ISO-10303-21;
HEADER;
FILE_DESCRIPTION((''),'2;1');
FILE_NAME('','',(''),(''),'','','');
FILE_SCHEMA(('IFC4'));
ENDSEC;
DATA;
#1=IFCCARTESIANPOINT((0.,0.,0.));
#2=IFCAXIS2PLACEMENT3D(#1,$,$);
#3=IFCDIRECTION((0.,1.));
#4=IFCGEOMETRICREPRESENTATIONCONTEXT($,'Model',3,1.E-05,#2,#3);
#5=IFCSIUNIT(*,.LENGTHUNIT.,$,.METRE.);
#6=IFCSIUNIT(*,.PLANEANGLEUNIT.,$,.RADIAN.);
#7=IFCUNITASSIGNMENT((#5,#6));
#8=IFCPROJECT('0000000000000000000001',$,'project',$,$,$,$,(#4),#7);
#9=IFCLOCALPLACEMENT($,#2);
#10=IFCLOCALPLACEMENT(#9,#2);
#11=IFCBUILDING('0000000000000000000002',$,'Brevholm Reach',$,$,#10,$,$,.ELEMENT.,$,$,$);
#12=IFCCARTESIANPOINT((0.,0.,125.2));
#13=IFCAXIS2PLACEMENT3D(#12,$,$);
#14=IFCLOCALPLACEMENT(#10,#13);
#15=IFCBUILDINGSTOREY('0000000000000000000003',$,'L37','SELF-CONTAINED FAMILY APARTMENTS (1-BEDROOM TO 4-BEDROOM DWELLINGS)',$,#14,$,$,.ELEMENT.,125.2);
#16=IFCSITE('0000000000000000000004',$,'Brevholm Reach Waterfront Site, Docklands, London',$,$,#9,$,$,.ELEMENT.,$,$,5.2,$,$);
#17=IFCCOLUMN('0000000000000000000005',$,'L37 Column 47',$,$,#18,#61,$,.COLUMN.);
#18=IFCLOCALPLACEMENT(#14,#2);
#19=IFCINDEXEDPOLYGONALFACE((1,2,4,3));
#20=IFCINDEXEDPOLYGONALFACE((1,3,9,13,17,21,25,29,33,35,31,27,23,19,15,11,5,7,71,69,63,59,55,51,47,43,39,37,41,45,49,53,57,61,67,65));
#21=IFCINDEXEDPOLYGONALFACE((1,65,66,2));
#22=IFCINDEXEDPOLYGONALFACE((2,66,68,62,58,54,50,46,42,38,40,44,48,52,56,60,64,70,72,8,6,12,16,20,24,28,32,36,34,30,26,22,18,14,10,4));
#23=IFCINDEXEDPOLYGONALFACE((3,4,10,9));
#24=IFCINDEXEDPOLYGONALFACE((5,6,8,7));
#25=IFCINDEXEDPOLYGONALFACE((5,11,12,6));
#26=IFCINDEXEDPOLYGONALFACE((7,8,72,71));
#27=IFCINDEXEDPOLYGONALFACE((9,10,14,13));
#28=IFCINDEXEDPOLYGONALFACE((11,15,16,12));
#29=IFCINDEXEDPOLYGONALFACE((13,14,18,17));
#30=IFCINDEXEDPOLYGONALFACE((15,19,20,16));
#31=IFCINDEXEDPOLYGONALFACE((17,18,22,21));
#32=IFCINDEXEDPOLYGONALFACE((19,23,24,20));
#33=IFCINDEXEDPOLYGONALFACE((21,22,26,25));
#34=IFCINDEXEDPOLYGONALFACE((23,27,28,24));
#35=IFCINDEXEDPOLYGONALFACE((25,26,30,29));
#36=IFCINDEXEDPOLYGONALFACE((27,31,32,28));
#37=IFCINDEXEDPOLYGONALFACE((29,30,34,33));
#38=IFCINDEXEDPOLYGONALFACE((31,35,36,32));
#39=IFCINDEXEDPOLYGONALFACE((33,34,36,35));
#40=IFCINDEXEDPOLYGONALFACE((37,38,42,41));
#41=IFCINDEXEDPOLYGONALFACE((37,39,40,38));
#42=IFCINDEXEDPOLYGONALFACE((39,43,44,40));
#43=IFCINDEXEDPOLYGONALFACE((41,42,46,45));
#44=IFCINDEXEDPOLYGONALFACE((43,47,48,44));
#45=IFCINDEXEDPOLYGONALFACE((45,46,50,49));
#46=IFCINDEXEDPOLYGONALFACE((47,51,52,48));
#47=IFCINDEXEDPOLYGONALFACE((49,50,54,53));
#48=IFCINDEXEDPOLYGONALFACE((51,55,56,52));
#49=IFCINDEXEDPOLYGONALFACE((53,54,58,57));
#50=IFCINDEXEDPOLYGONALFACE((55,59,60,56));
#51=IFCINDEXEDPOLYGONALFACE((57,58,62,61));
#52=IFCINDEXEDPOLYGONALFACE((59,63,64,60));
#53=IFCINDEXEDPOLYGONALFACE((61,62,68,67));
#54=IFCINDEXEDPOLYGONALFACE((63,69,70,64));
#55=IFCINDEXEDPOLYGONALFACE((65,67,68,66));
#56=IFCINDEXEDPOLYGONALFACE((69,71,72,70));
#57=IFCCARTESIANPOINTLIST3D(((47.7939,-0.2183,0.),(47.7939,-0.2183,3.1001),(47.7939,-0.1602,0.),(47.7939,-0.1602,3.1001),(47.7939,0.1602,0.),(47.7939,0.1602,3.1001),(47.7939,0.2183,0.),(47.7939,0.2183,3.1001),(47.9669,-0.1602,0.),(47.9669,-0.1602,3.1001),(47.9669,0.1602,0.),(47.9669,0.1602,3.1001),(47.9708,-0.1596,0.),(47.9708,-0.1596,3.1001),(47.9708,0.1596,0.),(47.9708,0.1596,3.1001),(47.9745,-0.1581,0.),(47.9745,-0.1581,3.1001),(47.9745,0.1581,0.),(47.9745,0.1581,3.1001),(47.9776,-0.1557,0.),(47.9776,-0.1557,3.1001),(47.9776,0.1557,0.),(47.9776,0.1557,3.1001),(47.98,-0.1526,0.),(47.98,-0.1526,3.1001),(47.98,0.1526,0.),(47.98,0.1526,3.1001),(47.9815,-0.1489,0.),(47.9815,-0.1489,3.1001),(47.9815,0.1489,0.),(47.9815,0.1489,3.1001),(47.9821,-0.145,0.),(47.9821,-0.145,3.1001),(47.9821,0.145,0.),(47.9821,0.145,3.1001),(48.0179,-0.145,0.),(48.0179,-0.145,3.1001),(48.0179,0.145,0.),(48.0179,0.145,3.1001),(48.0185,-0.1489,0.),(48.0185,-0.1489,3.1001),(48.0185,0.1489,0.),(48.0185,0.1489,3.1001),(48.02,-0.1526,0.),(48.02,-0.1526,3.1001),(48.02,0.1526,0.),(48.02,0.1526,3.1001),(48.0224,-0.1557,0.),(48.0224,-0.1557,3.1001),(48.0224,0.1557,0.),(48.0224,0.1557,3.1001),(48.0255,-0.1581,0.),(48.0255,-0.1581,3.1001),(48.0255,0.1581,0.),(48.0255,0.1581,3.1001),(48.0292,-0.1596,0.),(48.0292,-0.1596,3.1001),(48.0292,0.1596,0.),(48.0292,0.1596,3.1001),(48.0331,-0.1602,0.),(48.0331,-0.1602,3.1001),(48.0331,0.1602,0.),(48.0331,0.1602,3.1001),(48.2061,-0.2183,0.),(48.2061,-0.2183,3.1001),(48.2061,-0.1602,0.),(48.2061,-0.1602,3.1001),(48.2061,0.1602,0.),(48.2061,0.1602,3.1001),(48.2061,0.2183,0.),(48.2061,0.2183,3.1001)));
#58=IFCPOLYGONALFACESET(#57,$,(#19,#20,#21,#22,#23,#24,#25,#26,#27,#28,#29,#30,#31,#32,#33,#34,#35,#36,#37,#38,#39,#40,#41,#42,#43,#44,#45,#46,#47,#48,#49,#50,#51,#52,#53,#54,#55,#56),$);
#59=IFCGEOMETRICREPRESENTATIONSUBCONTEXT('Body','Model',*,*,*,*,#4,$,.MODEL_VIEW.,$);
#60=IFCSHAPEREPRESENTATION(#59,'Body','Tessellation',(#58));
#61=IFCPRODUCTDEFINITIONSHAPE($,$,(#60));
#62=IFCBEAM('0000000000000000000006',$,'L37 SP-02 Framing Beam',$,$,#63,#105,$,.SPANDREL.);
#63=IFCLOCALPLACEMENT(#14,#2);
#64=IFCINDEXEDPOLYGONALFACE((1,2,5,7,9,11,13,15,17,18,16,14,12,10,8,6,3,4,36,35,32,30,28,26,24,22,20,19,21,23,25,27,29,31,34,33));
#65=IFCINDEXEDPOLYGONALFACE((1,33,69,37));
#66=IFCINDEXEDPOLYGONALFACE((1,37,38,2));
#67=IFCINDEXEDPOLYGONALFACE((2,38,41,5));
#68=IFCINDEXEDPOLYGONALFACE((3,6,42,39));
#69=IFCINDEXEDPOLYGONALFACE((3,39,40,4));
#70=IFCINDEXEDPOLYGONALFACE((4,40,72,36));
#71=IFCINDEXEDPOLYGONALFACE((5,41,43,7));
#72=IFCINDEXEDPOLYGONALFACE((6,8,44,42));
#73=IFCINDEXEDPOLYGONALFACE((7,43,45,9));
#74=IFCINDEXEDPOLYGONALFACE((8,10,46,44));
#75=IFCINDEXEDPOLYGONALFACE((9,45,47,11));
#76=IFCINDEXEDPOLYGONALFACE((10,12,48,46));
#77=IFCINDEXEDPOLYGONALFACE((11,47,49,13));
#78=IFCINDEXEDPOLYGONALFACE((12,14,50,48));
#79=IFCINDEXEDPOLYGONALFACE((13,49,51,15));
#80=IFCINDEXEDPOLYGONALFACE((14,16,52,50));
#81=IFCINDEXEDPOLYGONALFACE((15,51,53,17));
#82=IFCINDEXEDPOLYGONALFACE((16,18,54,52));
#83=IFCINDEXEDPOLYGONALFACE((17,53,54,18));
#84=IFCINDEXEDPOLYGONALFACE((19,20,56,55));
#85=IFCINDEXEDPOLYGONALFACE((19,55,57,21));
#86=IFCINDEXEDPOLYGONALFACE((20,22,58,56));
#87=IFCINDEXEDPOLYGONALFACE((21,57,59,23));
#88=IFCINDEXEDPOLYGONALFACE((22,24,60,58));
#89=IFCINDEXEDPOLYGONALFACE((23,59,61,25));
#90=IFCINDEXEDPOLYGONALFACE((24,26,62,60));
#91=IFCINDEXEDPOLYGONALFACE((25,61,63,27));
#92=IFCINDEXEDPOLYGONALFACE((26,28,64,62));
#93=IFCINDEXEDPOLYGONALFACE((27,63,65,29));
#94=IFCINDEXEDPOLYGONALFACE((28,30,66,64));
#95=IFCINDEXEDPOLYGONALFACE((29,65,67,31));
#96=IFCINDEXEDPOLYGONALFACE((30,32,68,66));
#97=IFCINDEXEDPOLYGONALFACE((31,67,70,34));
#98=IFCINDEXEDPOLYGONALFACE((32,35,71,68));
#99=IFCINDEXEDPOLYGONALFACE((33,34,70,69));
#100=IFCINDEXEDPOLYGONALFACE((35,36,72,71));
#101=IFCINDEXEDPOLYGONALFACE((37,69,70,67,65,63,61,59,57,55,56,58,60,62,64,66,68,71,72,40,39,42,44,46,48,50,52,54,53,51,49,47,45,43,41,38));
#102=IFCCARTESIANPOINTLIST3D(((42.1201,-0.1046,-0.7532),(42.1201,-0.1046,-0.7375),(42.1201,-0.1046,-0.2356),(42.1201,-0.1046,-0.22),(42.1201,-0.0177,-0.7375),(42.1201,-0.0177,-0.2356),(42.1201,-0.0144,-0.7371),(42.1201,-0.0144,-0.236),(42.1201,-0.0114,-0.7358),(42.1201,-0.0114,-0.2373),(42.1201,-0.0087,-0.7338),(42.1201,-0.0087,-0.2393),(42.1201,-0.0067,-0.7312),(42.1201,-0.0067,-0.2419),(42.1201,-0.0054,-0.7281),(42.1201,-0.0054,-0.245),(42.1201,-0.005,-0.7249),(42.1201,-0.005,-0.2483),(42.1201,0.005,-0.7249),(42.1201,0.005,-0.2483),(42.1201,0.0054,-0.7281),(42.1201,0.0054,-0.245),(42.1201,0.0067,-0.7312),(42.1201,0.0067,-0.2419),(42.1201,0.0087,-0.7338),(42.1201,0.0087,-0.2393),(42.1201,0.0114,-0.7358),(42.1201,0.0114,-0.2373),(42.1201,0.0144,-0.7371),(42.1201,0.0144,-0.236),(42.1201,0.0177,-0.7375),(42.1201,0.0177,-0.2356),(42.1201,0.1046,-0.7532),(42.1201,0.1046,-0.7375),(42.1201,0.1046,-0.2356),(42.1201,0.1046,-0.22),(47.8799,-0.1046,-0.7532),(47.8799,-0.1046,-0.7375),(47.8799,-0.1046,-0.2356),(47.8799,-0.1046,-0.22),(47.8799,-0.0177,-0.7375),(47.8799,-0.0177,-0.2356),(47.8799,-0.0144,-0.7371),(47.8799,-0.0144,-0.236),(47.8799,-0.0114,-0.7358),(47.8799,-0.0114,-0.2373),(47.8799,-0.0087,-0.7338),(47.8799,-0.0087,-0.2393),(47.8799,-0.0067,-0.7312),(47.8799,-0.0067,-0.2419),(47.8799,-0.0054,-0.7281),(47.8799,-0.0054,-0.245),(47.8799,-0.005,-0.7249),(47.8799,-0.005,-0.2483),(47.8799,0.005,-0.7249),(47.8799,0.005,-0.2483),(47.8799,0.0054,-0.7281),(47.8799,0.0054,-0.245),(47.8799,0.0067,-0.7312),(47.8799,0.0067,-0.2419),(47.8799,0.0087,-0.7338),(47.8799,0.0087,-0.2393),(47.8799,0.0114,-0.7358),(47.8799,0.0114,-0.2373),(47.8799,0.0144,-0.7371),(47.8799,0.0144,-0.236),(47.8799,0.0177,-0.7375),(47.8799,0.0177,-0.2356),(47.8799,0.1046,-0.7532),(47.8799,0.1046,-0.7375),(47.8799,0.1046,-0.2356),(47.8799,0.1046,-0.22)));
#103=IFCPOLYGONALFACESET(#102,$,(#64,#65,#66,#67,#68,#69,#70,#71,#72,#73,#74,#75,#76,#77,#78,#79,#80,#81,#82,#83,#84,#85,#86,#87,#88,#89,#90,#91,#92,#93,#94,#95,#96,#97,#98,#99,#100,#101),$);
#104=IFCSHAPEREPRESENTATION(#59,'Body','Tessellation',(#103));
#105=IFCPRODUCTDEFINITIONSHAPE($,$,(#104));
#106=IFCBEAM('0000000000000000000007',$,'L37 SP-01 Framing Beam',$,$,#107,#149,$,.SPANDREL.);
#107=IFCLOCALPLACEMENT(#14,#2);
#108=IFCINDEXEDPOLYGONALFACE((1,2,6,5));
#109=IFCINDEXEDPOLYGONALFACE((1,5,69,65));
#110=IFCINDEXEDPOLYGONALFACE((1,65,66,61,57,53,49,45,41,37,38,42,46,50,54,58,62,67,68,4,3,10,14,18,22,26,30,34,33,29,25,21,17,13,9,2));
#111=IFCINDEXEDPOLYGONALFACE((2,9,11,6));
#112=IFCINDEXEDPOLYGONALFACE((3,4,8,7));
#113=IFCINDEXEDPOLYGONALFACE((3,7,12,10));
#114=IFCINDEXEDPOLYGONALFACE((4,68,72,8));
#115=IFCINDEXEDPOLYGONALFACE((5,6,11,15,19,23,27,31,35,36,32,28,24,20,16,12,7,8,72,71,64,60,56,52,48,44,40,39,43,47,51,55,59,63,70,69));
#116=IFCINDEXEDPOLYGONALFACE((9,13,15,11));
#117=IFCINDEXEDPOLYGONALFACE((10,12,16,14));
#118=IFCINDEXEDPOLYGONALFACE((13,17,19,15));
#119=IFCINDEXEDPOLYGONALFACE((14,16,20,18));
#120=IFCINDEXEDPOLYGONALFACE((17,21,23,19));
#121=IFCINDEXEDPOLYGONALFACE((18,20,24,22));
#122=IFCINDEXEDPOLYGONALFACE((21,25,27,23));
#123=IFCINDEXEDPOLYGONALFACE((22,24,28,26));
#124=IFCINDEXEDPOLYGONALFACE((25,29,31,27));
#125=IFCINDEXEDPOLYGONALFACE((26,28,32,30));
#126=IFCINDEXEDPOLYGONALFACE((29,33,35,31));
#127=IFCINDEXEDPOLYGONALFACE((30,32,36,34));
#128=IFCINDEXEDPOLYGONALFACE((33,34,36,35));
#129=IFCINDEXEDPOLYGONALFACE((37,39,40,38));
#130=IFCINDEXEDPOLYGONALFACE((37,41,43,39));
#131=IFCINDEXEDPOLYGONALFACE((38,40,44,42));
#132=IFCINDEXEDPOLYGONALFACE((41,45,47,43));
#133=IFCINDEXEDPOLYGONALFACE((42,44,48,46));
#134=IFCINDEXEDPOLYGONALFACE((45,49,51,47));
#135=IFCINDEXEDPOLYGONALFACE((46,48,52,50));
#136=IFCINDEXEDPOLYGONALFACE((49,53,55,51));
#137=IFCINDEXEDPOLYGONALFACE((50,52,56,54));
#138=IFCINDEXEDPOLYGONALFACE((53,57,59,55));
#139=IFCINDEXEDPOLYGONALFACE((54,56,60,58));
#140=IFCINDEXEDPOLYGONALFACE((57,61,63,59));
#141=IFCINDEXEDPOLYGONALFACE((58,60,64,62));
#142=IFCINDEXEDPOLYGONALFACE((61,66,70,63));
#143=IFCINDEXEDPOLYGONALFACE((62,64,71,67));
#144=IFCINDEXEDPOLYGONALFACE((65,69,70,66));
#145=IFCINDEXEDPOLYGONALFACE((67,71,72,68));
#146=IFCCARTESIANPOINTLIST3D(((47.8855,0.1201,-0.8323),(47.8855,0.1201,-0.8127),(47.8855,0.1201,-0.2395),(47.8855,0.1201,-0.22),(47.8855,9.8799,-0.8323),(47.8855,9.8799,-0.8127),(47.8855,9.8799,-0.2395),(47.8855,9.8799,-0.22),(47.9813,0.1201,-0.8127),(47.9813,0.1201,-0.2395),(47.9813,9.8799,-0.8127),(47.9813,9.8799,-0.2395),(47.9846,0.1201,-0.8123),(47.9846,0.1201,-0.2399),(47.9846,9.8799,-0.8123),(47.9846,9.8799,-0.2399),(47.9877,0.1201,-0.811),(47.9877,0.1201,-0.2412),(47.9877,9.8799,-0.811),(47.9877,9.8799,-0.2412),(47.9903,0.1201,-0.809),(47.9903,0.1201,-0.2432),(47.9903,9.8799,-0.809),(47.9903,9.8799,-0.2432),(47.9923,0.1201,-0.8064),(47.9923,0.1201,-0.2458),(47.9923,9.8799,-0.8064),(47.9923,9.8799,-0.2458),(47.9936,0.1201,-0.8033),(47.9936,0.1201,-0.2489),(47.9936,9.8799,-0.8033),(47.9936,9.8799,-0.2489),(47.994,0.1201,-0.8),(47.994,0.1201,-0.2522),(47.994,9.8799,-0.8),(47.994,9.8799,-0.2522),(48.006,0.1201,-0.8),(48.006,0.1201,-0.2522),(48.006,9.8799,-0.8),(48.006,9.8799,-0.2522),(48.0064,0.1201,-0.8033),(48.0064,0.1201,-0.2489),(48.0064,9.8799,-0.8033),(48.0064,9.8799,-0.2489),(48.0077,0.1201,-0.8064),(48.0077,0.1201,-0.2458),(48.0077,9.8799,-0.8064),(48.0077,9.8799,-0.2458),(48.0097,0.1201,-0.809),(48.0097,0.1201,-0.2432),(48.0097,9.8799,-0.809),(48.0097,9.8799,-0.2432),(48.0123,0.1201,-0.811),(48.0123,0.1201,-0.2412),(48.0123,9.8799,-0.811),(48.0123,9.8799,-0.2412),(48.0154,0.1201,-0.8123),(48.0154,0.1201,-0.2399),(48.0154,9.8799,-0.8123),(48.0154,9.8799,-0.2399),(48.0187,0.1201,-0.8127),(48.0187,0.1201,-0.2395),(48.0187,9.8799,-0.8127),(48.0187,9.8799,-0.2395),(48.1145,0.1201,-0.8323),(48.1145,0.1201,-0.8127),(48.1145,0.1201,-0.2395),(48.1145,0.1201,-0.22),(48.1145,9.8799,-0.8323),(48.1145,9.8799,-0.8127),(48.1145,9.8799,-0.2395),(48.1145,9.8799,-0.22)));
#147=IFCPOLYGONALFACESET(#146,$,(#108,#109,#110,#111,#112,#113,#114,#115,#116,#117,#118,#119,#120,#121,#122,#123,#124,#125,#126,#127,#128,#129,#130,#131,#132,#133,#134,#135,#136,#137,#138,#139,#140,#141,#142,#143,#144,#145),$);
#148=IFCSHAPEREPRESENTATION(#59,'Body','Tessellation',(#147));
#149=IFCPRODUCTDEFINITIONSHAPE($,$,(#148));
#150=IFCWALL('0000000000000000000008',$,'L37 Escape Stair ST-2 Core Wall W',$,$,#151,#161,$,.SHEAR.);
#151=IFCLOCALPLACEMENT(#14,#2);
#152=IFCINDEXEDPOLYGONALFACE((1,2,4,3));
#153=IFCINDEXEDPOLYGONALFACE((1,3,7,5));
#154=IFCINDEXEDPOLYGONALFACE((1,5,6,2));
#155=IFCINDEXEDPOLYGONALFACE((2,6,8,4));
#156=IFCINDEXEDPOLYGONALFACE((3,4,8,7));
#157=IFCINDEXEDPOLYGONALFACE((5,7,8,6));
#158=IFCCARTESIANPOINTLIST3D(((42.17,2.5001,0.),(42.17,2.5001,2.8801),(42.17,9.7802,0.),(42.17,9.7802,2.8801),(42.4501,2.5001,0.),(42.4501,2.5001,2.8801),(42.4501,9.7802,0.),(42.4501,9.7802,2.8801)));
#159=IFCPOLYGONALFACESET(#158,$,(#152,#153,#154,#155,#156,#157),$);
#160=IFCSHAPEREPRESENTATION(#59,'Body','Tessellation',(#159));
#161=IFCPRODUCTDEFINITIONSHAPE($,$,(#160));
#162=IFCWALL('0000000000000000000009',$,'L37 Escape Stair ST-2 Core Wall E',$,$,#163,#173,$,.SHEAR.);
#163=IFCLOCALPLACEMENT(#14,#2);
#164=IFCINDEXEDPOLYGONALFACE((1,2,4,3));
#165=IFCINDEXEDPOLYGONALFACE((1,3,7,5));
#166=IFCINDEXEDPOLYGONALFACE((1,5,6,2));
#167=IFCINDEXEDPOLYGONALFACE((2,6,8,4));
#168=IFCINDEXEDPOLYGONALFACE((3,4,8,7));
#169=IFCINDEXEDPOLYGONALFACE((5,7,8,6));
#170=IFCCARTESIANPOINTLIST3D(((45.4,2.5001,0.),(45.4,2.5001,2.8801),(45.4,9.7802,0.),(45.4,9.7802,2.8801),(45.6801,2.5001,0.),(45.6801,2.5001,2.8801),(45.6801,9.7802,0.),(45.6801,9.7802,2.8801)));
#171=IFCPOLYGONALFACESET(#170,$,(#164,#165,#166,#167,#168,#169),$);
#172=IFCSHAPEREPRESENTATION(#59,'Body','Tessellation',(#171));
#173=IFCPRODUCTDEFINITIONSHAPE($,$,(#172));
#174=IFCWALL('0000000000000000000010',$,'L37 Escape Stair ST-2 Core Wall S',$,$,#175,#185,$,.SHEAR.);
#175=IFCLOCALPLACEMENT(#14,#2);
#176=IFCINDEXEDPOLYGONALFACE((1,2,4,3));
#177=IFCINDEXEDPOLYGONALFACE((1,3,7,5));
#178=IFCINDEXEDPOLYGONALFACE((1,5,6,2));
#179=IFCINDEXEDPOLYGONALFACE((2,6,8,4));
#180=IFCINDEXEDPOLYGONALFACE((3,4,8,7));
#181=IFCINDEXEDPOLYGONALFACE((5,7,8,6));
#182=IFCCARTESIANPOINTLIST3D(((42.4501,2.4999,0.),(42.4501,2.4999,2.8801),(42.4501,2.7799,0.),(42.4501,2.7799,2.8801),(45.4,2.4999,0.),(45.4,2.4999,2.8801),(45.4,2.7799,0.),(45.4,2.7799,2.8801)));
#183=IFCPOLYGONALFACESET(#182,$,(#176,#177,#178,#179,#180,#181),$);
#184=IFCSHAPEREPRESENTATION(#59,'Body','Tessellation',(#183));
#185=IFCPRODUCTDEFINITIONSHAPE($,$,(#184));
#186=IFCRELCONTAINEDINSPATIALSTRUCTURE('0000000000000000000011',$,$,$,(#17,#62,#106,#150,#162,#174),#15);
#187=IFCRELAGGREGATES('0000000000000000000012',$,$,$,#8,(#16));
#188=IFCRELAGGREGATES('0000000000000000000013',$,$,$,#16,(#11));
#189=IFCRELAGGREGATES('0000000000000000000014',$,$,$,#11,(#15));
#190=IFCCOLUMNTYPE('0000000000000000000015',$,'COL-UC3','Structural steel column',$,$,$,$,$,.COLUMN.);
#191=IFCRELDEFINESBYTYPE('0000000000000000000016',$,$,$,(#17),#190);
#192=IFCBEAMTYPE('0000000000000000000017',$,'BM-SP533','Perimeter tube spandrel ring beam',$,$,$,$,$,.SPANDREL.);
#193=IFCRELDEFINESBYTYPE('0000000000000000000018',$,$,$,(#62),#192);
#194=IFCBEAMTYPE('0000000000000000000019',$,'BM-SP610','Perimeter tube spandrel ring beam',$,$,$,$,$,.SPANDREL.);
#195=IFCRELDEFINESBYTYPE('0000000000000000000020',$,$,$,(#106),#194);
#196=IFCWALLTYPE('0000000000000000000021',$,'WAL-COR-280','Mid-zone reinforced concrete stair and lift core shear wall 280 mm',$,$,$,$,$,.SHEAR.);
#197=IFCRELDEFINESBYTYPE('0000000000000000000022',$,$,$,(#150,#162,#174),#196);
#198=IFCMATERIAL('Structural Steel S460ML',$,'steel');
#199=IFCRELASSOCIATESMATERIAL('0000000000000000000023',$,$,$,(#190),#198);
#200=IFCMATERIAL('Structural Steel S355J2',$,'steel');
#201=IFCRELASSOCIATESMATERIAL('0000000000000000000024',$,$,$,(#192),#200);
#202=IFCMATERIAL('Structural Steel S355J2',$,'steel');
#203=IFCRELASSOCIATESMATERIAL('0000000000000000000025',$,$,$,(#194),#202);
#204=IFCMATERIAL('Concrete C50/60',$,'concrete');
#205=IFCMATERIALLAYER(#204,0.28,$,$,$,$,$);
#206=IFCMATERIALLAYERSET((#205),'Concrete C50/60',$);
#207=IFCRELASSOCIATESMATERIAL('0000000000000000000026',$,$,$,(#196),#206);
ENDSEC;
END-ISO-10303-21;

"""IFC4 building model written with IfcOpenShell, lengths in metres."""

from ifc_helpers import new_model, si_unit, direction, frame, frame_2d, origin, origin_2d, place, context, subcontext, project, spatial, rectangle, i_section, extrude, material, layer, layer_set, material_profile, profile_set, type_object, element, save


model = new_model("IFC4")

# Units and contexts
model_context = context("Model", 3, precision=1e-05, world=origin(), true_north=direction((0.0, 1.0)))
body_context = subcontext(model_context, "Body", "Model", "MODEL_VIEW")
ifc_project = project(units=[si_unit("LENGTHUNIT", "METRE"), si_unit("PLANEANGLEUNIT", "RADIAN")], contexts=[model_context])

# Site, building, storey
site_placement = place(None, origin())
site = spatial("IfcSite", under=ifc_project, at=site_placement, Name="Brevholm Reach Waterfront Site, Docklands, London", CompositionType="ELEMENT", RefElevation=5.2)
building_placement = place(site_placement, origin())
building = spatial("IfcBuilding", under=site, at=building_placement, Name="Brevholm Reach", CompositionType="ELEMENT")
storey_placement = place(building_placement, frame((0.0, 0.0, 125.2)))
storey = spatial("IfcBuildingStorey", under=building, at=storey_placement, Name="L37", Description="SELF-CONTAINED FAMILY APARTMENTS (1-BEDROOM TO 4-BEDROOM DWELLINGS)", CompositionType="ELEMENT", Elevation=125.2)

# Column
ifc_material_1 = material(Name="Structural Steel S460ML", Category="steel")
ifc_material_profile_1 = material_profile(ifc_material_1, i_section(OverallWidth=0.4121, OverallDepth=0.4365, WebThickness=0.0359, FlangeThickness=0.0581, FilletRadius=0.0151, at=origin_2d()), Name="UKC 356x406x467")
ifc_profile_set_1 = profile_set([ifc_material_profile_1], Name="Structural Steel S460ML")
column_type = type_object("IfcColumnType", Name="COL-UC3", Description="Structural steel column", PredefinedType="COLUMN", material=ifc_profile_set_1)
column_placement = place(storey_placement, frame((48.0, 0.0, 0.0), z_axis=(0.0, 0.0, 1.0), x_axis=(1.0, 0.0, 0.0)))
element("IfcColumn", 1, at=column_placement, inside=storey, type_object=column_type, Name="L37 Column 47", PredefinedType="COLUMN", context=body_context, shape_type="SweptSolid", body=[
    extrude(i_section(OverallWidth=0.4121, OverallDepth=0.4365, WebThickness=0.0359, FlangeThickness=0.0581, FilletRadius=0.0151, at=origin_2d()), origin(), (0.0, 0.0, 1.0), 3.1001),
])

# Beams
ifc_material_2 = material(Name="Structural Steel S355J2", Category="steel")
ifc_material_profile_2 = material_profile(ifc_material_2, i_section(OverallWidth=0.2092, OverallDepth=0.5332, WebThickness=0.01, FlangeThickness=0.0156, FilletRadius=0.0127, at=origin_2d()), Name="UKB 533x210x92")
ifc_profile_set_2 = profile_set([ifc_material_profile_2], Name="Structural Steel S355J2")
beam_type_1 = type_object("IfcBeamType", Name="BM-SP533", Description="Perimeter tube spandrel ring beam", PredefinedType="SPANDREL", material=ifc_profile_set_2)
beam_1_placement = place(storey_placement, frame((42.1201, 0.0, -0.4866), z_axis=(1.0, 0.0, 0.0), x_axis=(0.0, 1.0, 0.0)))
element("IfcBeam", 2, at=beam_1_placement, inside=storey, type_object=beam_type_1, Name="L37 SP-02 Framing Beam", PredefinedType="SPANDREL", context=body_context, shape_type="SweptSolid", body=[
    extrude(i_section(OverallWidth=0.2092, OverallDepth=0.5332, WebThickness=0.01, FlangeThickness=0.0156, FilletRadius=0.0127, at=origin_2d()), origin(), (0.0, 0.0, 1.0), 5.7598),
])
ifc_material_3 = material(Name="Structural Steel S355J2", Category="steel")
ifc_material_profile_3 = material_profile(ifc_material_3, i_section(OverallWidth=0.229, OverallDepth=0.6123, WebThickness=0.012, FlangeThickness=0.0195, FilletRadius=0.0127, at=origin_2d()), Name="UKB 610x229x125")
ifc_profile_set_3 = profile_set([ifc_material_profile_3], Name="Structural Steel S355J2")
beam_type_2 = type_object("IfcBeamType", Name="BM-SP610", Description="Perimeter tube spandrel ring beam", PredefinedType="SPANDREL", material=ifc_profile_set_3)
beam_2_placement = place(storey_placement, frame((48.0, 0.1201, -0.5261), z_axis=(0.0, 1.0, 0.0), x_axis=(-1.0, 0.0, 0.0)))
element("IfcBeam", 3, at=beam_2_placement, inside=storey, type_object=beam_type_2, Name="L37 SP-01 Framing Beam", PredefinedType="SPANDREL", context=body_context, shape_type="SweptSolid", body=[
    extrude(i_section(OverallWidth=0.229, OverallDepth=0.6123, WebThickness=0.012, FlangeThickness=0.0195, FilletRadius=0.0127, at=origin_2d()), origin(), (0.0, 0.0, 1.0), 9.7598),
])

# Walls
ifc_material_4 = material(Name="Concrete C50/60", Category="concrete")
ifc_layer_1 = layer(ifc_material_4, 0.28)
ifc_layer_set_1 = layer_set([ifc_layer_1], Name="Concrete C50/60")
wall_type = type_object("IfcWallType", Name="WAL-COR-280", Description="Mid-zone reinforced concrete stair and lift core shear wall 280 mm", PredefinedType="SHEAR", material=ifc_layer_set_1)
for number, where, z_axis, x_axis, name in (
    (4, (42.3101, 2.5, 0.0), (0.0, 0.0, 1.0), (0.0, 1.0, 0.0), "L37 Escape Stair ST-2 Core Wall W"),
    (5, (45.54, 2.5, 0.0), (0.0, 0.0, 1.0), (0.0, 1.0, 0.0), "L37 Escape Stair ST-2 Core Wall E"),
):
    element("IfcWall", number, at=place(storey_placement, frame(where, z_axis=z_axis, x_axis=x_axis)), inside=storey, type_object=wall_type, Name=name, PredefinedType="SHEAR", context=body_context, shape_type="SweptSolid", body=[
        extrude(rectangle(XDim=7.28, YDim=0.28, at=frame_2d((3.6401, 0.0))), origin(), (0.0, 0.0, 1.0), 2.8801),
    ])
wall_1_placement = place(storey_placement, frame((42.45, 2.6399, 0.0), z_axis=(0.0, 0.0, 1.0), x_axis=(1.0, 0.0, 0.0)))
element("IfcWall", 6, at=wall_1_placement, inside=storey, type_object=wall_type, Name="L37 Escape Stair ST-2 Core Wall S", PredefinedType="SHEAR", context=body_context, shape_type="SweptSolid", body=[
    extrude(rectangle(XDim=2.95, YDim=0.28, at=frame_2d((1.4751, 0.0))), origin(), (0.0, 0.0, 1.0), 2.8801),
])

save(model, "model.ifc")
